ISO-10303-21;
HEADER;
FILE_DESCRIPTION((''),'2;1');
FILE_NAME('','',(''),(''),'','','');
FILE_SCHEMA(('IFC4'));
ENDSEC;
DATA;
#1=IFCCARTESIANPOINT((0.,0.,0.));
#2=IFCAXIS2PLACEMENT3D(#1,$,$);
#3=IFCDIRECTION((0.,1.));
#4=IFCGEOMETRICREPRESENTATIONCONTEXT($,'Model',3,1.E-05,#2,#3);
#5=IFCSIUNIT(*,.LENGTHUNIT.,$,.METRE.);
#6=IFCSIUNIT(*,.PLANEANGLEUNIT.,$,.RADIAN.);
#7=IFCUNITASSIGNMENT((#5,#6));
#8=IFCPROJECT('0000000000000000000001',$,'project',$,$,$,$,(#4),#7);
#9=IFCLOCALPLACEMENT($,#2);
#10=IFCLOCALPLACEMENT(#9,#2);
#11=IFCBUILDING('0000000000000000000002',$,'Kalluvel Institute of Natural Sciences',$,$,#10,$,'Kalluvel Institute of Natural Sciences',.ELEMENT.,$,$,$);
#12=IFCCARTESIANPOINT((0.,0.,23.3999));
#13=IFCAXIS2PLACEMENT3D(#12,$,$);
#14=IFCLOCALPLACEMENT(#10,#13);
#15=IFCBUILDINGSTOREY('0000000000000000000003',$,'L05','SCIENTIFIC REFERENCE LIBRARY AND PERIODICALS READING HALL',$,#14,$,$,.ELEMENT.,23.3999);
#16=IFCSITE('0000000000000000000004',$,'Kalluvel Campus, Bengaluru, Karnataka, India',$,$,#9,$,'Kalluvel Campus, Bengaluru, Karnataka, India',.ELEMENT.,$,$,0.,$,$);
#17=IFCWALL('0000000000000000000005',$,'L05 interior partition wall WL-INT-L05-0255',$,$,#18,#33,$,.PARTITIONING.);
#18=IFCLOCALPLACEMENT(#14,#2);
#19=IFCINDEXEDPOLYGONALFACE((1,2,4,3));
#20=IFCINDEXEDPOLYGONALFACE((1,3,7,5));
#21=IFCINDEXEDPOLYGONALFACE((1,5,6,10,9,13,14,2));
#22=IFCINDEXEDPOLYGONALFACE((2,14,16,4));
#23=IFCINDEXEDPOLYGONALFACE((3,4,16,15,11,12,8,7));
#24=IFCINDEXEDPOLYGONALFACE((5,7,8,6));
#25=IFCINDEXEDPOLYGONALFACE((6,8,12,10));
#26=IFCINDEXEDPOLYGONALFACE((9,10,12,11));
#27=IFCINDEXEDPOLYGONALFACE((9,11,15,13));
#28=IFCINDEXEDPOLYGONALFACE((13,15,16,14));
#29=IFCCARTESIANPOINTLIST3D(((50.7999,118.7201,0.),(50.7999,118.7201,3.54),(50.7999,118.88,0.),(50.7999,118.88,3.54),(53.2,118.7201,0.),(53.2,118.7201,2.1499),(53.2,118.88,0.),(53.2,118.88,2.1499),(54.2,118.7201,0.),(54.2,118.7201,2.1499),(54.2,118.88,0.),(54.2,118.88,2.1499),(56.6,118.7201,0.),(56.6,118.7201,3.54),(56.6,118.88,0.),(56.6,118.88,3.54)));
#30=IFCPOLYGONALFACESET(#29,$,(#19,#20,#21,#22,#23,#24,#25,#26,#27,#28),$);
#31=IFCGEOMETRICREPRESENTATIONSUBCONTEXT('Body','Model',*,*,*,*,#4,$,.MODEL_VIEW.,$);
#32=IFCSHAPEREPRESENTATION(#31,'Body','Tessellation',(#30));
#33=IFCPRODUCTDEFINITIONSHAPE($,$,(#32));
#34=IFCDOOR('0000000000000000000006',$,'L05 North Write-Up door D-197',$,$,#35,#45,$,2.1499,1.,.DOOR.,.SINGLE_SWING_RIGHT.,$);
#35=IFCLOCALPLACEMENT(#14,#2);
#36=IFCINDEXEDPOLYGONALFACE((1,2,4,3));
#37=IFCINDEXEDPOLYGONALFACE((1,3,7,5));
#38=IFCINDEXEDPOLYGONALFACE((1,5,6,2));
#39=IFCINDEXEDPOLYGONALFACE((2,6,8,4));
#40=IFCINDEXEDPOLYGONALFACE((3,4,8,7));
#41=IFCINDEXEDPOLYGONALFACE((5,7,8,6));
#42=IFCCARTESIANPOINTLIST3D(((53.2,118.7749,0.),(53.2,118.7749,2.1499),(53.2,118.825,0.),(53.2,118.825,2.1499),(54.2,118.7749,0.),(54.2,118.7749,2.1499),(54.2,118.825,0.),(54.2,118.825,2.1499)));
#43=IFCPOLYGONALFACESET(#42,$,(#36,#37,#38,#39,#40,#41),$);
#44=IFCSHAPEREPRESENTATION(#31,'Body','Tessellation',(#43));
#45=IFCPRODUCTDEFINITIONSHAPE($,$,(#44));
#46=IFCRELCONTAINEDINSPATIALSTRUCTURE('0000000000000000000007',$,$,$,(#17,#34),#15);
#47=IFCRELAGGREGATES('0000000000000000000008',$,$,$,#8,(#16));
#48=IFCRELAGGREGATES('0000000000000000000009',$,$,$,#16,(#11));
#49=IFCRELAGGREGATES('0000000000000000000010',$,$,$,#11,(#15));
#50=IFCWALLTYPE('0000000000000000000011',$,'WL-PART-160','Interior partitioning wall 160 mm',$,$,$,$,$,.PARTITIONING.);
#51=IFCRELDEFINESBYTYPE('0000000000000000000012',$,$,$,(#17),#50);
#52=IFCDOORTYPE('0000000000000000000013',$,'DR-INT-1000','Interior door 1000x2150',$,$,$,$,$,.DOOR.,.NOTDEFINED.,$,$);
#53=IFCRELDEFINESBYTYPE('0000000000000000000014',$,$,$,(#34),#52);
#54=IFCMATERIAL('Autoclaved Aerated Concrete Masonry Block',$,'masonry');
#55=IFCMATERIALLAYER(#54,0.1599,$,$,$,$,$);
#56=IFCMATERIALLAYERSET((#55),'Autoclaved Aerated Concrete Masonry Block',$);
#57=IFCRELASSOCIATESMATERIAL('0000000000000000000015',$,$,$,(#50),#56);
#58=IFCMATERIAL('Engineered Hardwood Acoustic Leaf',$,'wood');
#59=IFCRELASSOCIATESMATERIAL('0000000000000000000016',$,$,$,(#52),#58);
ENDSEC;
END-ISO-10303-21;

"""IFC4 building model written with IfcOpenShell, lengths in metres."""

from ifc_helpers import new_model, si_unit, direction, frame, frame_2d, origin, place, context, subcontext, project, spatial, rectangle, extrude, material, layer, layer_set, type_object, element, fill, save


model = new_model("IFC4")

# Units and contexts
model_context = context("Model", 3, precision=1e-05, world=origin(), true_north=direction((0.0, 1.0)))
body_context = subcontext(model_context, "Body", "Model", "MODEL_VIEW")
ifc_project = project(units=[si_unit("LENGTHUNIT", "METRE"), si_unit("PLANEANGLEUNIT", "RADIAN")], contexts=[model_context])

# Site, building, storey
site_placement = place(None, origin())
site = spatial("IfcSite", under=ifc_project, at=site_placement, Name="Kalluvel Campus, Bengaluru, Karnataka, India", LongName="Kalluvel Campus, Bengaluru, Karnataka, India", CompositionType="ELEMENT", RefElevation=0.0)
building_placement = place(site_placement, origin())
building = spatial("IfcBuilding", under=site, at=building_placement, Name="Kalluvel Institute of Natural Sciences", LongName="Kalluvel Institute of Natural Sciences", CompositionType="ELEMENT")
storey_placement = place(building_placement, frame((0.0, 0.0, 23.3999)))
storey = spatial("IfcBuildingStorey", under=building, at=storey_placement, Name="L05", Description="SCIENTIFIC REFERENCE LIBRARY AND PERIODICALS READING HALL", CompositionType="ELEMENT", Elevation=23.3999)

# Shared definitions
ifc_material_1 = material(Name="Autoclaved Aerated Concrete Masonry Block", Category="masonry")

# Wall, opening, door
ifc_layer_1 = layer(ifc_material_1, 0.1599)
ifc_layer_set_1 = layer_set([ifc_layer_1], Name="Autoclaved Aerated Concrete Masonry Block")
wall_type_1 = type_object("IfcWallType", Name="WL-PART-160", Description="Interior partitioning wall 160 mm", PredefinedType="PARTITIONING", material=ifc_layer_set_1)
wall_1_placement = place(storey_placement, frame((50.8, 118.8, 0.0), z_axis=(0.0, 0.0, 1.0), x_axis=(1.0, 0.0, 0.0)))
wall_1 = element("IfcWall", 1, at=wall_1_placement, inside=storey, type_object=wall_type_1, Name="L05 interior partition wall WL-INT-L05-0255", PredefinedType="PARTITIONING", context=body_context, shape_type="SweptSolid", body=[
    extrude(rectangle(XDim=5.8, YDim=0.1599, at=frame_2d((2.8999, 0.0))), origin(), (0.0, 0.0, 1.0), 3.54),
])
opening_placement = place(wall_1_placement, frame((2.3999, 0.0, 0.0)))
opening = element("IfcOpeningElement", 2, at=opening_placement, cuts=wall_1, PredefinedType="OPENING", context=body_context, shape_type="SweptSolid", body=[
    extrude(rectangle(XDim=1.0, YDim=2.1499, at=frame_2d((0.5, 1.075))), frame((0.0, 0.0898, 0.0), z_axis=(0.0, -1.0, 0.0), x_axis=(1.0, 0.0, 0.0)), (0.0, 0.0, 1.0), 0.1799),
])
ifc_material_2 = material(Name="Engineered Hardwood Acoustic Leaf", Category="wood")
door_type = type_object("IfcDoorType", Name="DR-INT-1000", Description="Interior door 1000x2150", OperationType="NOTDEFINED", PredefinedType="DOOR", material=ifc_material_2)
door_placement = place(opening_placement, origin())
door = element("IfcDoor", 3, at=door_placement, inside=storey, type_object=door_type, Name="L05 North Write-Up door D-197", OperationType="SINGLE_SWING_RIGHT", OverallHeight=2.1499, OverallWidth=1.0, PredefinedType="DOOR", context=body_context, shape_type="SweptSolid", body=[
    extrude(rectangle(XDim=1.0, YDim=2.1499, at=frame_2d((0.5, 1.075))), frame((0.0, 0.0249, 0.0), z_axis=(0.0, -1.0, 0.0), x_axis=(1.0, 0.0, 0.0)), (0.0, 0.0, 1.0), 0.05),
])
fill(opening, door)

save(model, "model.ifc")
